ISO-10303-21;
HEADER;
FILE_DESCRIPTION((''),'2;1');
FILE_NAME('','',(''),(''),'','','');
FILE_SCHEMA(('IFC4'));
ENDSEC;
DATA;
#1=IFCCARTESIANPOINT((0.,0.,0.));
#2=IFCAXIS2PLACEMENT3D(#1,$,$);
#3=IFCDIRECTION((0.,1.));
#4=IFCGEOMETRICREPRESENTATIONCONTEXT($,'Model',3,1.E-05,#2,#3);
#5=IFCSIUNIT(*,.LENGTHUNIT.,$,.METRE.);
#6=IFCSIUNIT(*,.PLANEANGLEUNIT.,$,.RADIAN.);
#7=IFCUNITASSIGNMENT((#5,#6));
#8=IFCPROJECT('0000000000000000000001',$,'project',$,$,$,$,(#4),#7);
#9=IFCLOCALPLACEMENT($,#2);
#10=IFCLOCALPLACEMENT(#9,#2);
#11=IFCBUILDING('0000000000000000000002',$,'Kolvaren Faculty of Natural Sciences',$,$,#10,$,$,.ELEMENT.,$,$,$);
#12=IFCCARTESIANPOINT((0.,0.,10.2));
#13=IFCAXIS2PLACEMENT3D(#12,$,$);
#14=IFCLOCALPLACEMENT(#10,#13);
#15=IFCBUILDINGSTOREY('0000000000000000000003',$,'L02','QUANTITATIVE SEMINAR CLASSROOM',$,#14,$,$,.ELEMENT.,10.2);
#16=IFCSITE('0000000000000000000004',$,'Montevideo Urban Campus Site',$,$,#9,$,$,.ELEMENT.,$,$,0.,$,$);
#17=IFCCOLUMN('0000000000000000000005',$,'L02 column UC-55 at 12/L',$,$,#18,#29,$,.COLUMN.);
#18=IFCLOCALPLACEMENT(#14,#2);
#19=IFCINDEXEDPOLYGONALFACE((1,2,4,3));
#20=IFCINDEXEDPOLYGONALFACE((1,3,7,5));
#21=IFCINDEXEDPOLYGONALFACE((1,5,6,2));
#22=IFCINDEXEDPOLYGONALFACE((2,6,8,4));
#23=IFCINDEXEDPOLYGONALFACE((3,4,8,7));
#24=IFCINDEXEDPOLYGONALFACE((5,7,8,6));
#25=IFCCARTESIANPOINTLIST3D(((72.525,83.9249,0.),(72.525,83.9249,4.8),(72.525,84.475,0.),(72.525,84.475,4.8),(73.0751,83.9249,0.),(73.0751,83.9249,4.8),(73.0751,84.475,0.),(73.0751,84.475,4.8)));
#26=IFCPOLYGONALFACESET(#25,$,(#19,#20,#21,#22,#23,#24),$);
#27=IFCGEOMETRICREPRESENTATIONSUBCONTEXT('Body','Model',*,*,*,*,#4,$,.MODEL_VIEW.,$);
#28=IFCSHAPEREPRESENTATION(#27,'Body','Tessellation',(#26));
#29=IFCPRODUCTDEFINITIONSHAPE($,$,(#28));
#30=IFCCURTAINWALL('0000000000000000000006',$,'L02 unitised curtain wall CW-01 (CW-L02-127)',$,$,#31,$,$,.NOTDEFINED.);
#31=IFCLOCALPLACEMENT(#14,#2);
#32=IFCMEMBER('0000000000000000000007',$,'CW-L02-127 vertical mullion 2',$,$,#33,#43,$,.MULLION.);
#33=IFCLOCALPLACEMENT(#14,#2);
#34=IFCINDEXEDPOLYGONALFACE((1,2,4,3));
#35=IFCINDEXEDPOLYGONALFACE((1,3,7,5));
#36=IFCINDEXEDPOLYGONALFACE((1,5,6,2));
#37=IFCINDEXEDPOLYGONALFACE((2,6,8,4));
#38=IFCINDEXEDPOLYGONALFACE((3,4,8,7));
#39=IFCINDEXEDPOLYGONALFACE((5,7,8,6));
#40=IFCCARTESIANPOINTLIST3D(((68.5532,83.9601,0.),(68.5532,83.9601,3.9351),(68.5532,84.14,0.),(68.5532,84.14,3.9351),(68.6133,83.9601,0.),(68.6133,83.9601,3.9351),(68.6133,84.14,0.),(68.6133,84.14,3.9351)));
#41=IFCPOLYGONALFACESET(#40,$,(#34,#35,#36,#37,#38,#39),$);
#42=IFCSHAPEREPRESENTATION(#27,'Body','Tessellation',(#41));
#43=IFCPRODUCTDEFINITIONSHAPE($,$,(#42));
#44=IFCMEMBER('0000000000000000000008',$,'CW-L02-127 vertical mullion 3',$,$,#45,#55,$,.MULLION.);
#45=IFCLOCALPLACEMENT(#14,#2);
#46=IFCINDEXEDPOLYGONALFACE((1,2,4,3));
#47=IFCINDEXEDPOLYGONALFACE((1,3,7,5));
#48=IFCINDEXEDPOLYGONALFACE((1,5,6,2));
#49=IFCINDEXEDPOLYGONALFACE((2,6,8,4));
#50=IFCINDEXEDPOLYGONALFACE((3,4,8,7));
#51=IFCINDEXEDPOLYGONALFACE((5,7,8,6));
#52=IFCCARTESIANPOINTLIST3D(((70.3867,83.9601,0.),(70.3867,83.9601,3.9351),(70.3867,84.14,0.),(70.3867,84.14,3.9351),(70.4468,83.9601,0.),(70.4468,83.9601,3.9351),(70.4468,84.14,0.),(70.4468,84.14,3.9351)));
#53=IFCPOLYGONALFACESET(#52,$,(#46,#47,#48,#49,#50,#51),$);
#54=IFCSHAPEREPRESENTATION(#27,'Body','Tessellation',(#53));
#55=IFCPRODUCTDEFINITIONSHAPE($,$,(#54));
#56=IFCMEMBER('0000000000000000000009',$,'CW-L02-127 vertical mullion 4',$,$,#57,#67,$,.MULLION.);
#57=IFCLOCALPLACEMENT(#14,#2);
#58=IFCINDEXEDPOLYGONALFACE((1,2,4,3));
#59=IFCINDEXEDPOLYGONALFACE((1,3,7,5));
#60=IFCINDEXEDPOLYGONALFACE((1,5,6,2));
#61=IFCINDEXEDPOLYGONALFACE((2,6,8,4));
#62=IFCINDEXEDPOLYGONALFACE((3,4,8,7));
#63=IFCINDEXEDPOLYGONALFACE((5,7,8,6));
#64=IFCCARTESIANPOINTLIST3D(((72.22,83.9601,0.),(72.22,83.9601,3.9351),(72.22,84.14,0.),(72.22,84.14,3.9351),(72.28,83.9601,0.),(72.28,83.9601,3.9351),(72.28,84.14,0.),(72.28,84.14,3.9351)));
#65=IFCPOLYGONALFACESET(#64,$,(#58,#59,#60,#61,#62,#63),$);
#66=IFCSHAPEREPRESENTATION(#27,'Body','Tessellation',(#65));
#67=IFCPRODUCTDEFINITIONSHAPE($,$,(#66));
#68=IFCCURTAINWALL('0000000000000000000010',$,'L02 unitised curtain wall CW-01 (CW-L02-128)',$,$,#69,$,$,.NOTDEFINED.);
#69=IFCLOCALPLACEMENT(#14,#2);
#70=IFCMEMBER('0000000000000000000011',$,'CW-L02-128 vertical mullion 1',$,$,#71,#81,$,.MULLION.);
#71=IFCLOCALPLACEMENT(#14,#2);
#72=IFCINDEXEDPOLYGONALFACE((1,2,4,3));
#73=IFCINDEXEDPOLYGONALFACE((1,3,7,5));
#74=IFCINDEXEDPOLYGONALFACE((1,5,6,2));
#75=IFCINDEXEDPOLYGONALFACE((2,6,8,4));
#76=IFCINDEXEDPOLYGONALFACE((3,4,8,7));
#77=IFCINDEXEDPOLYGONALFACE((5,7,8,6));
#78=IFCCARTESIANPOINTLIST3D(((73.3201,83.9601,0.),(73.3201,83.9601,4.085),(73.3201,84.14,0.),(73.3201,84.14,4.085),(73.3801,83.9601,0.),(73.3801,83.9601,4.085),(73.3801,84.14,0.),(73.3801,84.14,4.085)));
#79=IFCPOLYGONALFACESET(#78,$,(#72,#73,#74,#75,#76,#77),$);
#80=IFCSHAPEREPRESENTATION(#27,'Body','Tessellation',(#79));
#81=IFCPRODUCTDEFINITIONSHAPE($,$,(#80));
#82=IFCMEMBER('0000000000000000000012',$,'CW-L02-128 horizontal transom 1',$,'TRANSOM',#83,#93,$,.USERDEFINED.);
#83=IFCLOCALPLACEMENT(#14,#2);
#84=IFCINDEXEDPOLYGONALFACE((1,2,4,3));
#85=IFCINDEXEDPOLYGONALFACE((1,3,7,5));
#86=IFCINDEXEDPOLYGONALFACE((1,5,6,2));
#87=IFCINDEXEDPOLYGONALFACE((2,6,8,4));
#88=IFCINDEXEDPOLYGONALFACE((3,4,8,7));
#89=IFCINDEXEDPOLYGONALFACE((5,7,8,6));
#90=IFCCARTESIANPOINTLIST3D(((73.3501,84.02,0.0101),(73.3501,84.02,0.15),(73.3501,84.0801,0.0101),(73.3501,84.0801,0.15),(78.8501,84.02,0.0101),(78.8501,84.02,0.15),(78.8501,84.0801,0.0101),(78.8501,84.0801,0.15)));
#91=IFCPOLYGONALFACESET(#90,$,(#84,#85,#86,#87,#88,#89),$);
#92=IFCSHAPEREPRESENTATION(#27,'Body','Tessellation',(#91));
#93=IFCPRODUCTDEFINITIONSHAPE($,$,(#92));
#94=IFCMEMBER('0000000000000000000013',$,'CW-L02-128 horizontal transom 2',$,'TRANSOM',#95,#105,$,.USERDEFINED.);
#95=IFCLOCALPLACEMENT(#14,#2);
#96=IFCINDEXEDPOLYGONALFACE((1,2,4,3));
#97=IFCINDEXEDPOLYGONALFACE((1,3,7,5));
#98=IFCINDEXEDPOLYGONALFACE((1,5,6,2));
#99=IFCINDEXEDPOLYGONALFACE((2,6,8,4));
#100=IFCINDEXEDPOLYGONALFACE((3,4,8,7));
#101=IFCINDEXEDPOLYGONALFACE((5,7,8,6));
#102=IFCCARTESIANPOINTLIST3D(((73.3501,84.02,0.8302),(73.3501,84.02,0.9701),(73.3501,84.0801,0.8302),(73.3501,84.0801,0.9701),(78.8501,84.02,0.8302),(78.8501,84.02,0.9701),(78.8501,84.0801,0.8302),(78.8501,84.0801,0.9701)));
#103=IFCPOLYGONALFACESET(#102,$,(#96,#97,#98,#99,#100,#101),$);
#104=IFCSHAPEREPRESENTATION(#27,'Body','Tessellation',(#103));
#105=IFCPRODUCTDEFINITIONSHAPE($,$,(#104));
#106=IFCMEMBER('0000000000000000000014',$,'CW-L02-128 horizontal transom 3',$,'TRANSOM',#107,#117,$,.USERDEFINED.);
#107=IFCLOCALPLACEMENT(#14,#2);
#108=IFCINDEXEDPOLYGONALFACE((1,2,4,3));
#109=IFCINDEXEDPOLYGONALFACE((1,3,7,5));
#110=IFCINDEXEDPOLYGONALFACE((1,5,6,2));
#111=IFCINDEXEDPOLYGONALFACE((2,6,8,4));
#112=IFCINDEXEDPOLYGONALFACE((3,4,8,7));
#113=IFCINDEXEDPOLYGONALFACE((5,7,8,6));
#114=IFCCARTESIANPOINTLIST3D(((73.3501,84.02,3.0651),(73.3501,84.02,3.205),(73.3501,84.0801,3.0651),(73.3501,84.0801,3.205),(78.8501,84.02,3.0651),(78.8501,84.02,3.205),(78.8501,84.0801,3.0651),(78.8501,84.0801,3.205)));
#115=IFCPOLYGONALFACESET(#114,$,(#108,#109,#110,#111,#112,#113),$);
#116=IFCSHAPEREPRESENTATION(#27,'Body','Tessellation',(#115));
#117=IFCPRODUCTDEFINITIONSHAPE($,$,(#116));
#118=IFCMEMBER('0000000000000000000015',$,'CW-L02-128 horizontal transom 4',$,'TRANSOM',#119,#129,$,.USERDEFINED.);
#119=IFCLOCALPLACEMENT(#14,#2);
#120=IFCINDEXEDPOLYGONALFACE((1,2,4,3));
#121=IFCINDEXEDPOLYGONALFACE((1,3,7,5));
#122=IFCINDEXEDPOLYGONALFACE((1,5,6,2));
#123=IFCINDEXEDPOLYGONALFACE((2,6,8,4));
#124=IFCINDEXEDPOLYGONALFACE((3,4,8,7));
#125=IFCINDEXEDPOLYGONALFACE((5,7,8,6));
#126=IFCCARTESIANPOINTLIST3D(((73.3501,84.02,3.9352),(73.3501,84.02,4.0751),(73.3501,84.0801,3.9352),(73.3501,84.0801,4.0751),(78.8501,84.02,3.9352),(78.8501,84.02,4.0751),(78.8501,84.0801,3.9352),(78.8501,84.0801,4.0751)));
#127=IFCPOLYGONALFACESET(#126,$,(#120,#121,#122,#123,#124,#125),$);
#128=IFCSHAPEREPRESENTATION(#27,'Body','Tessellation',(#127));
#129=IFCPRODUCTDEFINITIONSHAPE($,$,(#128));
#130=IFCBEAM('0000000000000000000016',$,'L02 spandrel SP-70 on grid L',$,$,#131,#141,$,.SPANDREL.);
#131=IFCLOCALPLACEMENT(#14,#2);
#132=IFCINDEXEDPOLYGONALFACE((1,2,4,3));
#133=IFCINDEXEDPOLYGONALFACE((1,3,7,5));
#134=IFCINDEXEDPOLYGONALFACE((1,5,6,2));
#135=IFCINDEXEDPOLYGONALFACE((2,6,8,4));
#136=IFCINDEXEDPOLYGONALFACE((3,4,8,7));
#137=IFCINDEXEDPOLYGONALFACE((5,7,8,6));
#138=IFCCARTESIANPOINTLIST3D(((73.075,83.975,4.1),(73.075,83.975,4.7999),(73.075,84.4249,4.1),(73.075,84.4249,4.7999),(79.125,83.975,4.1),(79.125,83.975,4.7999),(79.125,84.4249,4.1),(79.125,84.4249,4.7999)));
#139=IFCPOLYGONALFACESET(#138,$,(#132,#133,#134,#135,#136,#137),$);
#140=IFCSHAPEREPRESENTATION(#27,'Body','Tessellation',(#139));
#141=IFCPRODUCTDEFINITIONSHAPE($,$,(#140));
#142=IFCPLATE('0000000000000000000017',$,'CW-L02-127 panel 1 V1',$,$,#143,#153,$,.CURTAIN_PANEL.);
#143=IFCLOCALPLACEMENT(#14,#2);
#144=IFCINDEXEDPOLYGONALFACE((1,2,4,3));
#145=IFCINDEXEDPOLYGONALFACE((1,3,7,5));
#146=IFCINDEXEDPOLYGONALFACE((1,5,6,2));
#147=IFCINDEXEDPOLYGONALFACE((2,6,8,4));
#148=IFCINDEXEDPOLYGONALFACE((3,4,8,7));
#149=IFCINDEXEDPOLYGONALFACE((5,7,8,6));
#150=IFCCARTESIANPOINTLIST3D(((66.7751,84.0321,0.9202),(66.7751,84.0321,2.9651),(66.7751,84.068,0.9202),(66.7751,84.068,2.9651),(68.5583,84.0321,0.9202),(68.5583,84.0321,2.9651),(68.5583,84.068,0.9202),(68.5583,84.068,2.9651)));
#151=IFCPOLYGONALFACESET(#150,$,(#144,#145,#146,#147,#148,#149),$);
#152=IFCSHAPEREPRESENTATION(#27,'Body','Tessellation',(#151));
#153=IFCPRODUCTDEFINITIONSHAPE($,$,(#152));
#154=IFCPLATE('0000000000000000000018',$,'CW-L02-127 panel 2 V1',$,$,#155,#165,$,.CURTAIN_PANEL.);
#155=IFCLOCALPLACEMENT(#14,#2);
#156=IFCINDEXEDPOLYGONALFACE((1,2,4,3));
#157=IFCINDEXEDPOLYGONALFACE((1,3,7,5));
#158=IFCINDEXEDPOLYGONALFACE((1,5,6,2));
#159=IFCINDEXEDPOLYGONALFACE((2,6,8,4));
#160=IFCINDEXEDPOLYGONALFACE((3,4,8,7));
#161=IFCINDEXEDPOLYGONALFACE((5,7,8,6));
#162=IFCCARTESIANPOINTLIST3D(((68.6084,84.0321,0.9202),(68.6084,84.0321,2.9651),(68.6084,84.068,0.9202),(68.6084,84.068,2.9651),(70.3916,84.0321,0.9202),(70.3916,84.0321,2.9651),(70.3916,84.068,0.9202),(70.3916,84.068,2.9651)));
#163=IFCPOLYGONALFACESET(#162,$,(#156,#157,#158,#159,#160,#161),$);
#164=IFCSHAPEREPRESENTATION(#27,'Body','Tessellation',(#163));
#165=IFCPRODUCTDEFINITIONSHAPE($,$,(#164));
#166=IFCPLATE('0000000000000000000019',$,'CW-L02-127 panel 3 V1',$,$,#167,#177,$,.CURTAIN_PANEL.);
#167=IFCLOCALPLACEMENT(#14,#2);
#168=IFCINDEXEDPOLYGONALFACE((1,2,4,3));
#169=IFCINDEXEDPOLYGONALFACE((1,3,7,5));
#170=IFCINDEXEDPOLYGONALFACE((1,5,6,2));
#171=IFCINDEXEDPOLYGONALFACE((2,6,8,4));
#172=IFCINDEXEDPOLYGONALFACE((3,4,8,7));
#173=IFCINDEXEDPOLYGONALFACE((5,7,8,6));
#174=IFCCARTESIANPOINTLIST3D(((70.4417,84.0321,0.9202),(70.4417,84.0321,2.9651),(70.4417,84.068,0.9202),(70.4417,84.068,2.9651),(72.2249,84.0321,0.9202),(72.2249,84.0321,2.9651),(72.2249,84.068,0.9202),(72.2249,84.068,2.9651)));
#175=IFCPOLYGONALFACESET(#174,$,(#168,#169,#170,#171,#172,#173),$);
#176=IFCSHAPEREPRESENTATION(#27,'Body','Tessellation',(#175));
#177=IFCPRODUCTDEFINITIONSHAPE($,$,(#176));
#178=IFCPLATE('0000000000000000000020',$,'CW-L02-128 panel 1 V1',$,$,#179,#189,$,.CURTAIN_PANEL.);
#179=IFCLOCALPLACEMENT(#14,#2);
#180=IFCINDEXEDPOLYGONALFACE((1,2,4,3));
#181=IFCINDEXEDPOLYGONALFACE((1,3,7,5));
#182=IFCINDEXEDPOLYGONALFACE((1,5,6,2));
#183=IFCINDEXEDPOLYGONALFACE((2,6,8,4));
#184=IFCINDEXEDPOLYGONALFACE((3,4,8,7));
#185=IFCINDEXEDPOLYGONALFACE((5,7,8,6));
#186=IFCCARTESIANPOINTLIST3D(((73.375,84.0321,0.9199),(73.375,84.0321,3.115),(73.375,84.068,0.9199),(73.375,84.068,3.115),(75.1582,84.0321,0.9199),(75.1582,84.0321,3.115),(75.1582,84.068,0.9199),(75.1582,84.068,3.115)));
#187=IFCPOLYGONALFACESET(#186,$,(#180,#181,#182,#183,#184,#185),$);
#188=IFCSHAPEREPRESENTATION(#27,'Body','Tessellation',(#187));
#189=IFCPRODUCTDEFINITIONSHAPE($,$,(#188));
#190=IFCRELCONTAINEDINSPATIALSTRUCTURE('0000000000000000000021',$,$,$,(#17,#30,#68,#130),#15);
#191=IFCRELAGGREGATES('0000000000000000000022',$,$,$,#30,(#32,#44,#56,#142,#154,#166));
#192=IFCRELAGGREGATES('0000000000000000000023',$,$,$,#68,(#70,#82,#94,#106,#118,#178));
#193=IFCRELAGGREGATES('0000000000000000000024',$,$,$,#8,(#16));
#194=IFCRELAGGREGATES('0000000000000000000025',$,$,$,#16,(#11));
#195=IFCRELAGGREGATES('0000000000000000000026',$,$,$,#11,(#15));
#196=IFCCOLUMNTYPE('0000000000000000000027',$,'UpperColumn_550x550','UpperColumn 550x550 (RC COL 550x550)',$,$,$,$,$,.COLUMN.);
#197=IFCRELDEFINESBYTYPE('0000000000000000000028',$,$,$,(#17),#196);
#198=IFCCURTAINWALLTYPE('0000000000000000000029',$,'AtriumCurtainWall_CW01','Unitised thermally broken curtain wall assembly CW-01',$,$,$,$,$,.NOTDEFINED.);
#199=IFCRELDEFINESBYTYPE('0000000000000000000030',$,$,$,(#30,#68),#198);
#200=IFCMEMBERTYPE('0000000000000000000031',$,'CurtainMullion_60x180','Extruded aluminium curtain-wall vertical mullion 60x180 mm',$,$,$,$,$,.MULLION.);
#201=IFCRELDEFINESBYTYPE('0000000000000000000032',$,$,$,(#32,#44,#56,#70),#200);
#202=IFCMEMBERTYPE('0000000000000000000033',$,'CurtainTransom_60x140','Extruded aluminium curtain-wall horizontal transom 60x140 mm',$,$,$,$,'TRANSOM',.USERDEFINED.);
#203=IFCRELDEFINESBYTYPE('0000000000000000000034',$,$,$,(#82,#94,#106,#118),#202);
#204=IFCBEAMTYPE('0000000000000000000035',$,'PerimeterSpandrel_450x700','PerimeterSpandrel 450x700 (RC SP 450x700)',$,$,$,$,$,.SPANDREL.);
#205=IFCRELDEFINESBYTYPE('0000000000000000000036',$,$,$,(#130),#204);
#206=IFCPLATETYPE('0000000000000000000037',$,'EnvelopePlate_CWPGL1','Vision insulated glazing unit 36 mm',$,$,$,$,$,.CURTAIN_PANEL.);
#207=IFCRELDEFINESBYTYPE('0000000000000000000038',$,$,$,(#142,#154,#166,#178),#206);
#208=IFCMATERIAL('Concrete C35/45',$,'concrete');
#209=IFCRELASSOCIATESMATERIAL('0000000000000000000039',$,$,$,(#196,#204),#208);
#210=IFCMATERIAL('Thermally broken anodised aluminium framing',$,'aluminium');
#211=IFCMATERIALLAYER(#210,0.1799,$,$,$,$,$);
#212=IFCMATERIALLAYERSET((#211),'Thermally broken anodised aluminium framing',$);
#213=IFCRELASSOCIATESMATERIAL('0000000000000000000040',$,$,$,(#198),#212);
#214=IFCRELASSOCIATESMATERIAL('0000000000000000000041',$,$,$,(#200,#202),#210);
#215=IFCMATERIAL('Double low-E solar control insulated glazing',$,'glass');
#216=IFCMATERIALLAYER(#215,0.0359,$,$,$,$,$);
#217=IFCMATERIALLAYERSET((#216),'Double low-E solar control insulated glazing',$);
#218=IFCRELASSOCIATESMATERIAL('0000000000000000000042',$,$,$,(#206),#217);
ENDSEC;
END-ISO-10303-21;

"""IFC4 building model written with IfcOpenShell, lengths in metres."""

from ifc_helpers import new_model, si_unit, direction, frame, origin, origin_2d, place, context, subcontext, project, spatial, rectangle, extrude, material, layer, layer_set, material_profile, profile_set, type_object, element, aggregate, save


model = new_model("IFC4")

# Units and contexts
model_context = context("Model", 3, precision=1e-05, world=origin(), true_north=direction((0.0, 1.0)))
body_context = subcontext(model_context, "Body", "Model", "MODEL_VIEW")
ifc_project = project(units=[si_unit("LENGTHUNIT", "METRE"), si_unit("PLANEANGLEUNIT", "RADIAN")], contexts=[model_context])

# Site, building, storey
site_placement = place(None, origin())
site = spatial("IfcSite", under=ifc_project, at=site_placement, Name="Montevideo Urban Campus Site", CompositionType="ELEMENT", RefElevation=0.0)
building_placement = place(site_placement, origin())
building = spatial("IfcBuilding", under=site, at=building_placement, Name="Kolvaren Faculty of Natural Sciences", CompositionType="ELEMENT")
storey_placement = place(building_placement, frame((0.0, 0.0, 10.2)))
storey = spatial("IfcBuildingStorey", under=building, at=storey_placement, Name="L02", Description="QUANTITATIVE SEMINAR CLASSROOM", CompositionType="ELEMENT", Elevation=10.2)

# Column
ifc_material_1 = material(Name="Concrete C35/45", Category="concrete")
ifc_material_profile_1 = material_profile(ifc_material_1, rectangle(XDim=0.55, YDim=0.55, at=origin_2d()), Name="RC COL 550x550")
ifc_profile_set_1 = profile_set([ifc_material_profile_1], Name="Concrete C35/45")
column_type = type_object("IfcColumnType", Name="UpperColumn_550x550", Description="UpperColumn 550x550 (RC COL 550x550)", PredefinedType="COLUMN", material=ifc_profile_set_1)
column_placement = place(storey_placement, frame((72.8, 84.2, 0.0), z_axis=(0.0, 0.0, 1.0), x_axis=(1.0, 0.0, 0.0)))
element("IfcColumn", 1, at=column_placement, inside=storey, type_object=column_type, Name="L02 column UC-55 at 12/L", PredefinedType="COLUMN", context=body_context, shape_type="SweptSolid", body=[
    extrude(rectangle(XDim=0.55, YDim=0.55, at=origin_2d()), origin(), (0.0, 0.0, 1.0), 4.8),
])

# Curtain walls, members
ifc_material_2 = material(Name="Thermally broken anodised aluminium framing", Category="aluminium")
ifc_layer_1 = layer(ifc_material_2, 0.1799)
ifc_layer_set_1 = layer_set([ifc_layer_1], Name="Thermally broken anodised aluminium framing")
curtain_wall_type = type_object("IfcCurtainWallType", Name="AtriumCurtainWall_CW01", Description="Unitised thermally broken curtain wall assembly CW-01", PredefinedType="NOTDEFINED", material=ifc_layer_set_1)
curtain_wall_1_placement = place(storey_placement, origin())
curtain_wall_1 = element("IfcCurtainWall", 2, at=curtain_wall_1_placement, inside=storey, type_object=curtain_wall_type, Name="L02 unitised curtain wall CW-01 (CW-L02-127)", PredefinedType="NOTDEFINED")
ifc_material_profile_2 = material_profile(ifc_material_2, rectangle(XDim=0.0601, YDim=0.1799, at=origin_2d()), Name="ALU MUL 60x180")
ifc_profile_set_2 = profile_set([ifc_material_profile_2], Name="Thermally broken anodised aluminium framing")
member_type_1 = type_object("IfcMemberType", Name="CurtainMullion_60x180", Description="Extruded aluminium curtain-wall vertical mullion 60x180 mm", PredefinedType="MULLION", material=ifc_profile_set_2)
member_1_placement = place(storey_placement, frame((68.5833, 84.05, 0.0), z_axis=(0.0, 0.0, 1.0), x_axis=(1.0, 0.0, 0.0)))
member_1 = element("IfcMember", 3, at=member_1_placement, type_object=member_type_1, Name="CW-L02-127 vertical mullion 2", PredefinedType="MULLION", context=body_context, shape_type="SweptSolid", body=[
    extrude(rectangle(XDim=0.0601, YDim=0.1799, at=origin_2d()), origin(), (0.0, 0.0, 1.0), 3.9351),
])
member_2_placement = place(storey_placement, frame((70.4167, 84.05, 0.0), z_axis=(0.0, 0.0, 1.0), x_axis=(1.0, 0.0, 0.0)))
member_2 = element("IfcMember", 4, at=member_2_placement, type_object=member_type_1, Name="CW-L02-127 vertical mullion 3", PredefinedType="MULLION", context=body_context, shape_type="SweptSolid", body=[
    extrude(rectangle(XDim=0.0601, YDim=0.1799, at=origin_2d()), origin(), (0.0, 0.0, 1.0), 3.9351),
])
member_3_placement = place(storey_placement, frame((72.25, 84.05, 0.0), z_axis=(0.0, 0.0, 1.0), x_axis=(1.0, 0.0, 0.0)))
member_3 = element("IfcMember", 5, at=member_3_placement, type_object=member_type_1, Name="CW-L02-127 vertical mullion 4", PredefinedType="MULLION", context=body_context, shape_type="SweptSolid", body=[
    extrude(rectangle(XDim=0.0601, YDim=0.1799, at=origin_2d()), origin(), (0.0, 0.0, 1.0), 3.9351),
])
curtain_wall_2_placement = place(storey_placement, origin())
curtain_wall_2 = element("IfcCurtainWall", 6, at=curtain_wall_2_placement, inside=storey, type_object=curtain_wall_type, Name="L02 unitised curtain wall CW-01 (CW-L02-128)", PredefinedType="NOTDEFINED")
member_4_placement = place(storey_placement, frame((73.3501, 84.05, 0.0), z_axis=(0.0, 0.0, 1.0), x_axis=(1.0, 0.0, 0.0)))
member_4 = element("IfcMember", 7, at=member_4_placement, type_object=member_type_1, Name="CW-L02-128 vertical mullion 1", PredefinedType="MULLION", context=body_context, shape_type="SweptSolid", body=[
    extrude(rectangle(XDim=0.0601, YDim=0.1799, at=origin_2d()), origin(), (0.0, 0.0, 1.0), 4.085),
])
ifc_material_profile_3 = material_profile(ifc_material_2, rectangle(XDim=0.0601, YDim=0.1399, at=origin_2d()), Name="ALU TRN 60x140")
ifc_profile_set_3 = profile_set([ifc_material_profile_3], Name="Thermally broken anodised aluminium framing")
member_type_2 = type_object("IfcMemberType", Name="CurtainTransom_60x140", Description="Extruded aluminium curtain-wall horizontal transom 60x140 mm", ElementType="TRANSOM", PredefinedType="USERDEFINED", material=ifc_profile_set_3)
member_5_placement = place(storey_placement, frame((73.3501, 84.05, 0.0801), z_axis=(1.0, 0.0, 0.0), x_axis=(0.0, 1.0, 0.0)))
member_5 = element("IfcMember", 8, at=member_5_placement, type_object=member_type_2, Name="CW-L02-128 horizontal transom 1", ObjectType="TRANSOM", PredefinedType="USERDEFINED", context=body_context, shape_type="SweptSolid", body=[
    extrude(rectangle(XDim=0.0601, YDim=0.1399, at=origin_2d()), origin(), (0.0, 0.0, 1.0), 5.5),
])
member_6_placement = place(storey_placement, frame((73.3501, 84.05, 0.9001), z_axis=(1.0, 0.0, 0.0), x_axis=(0.0, 1.0, 0.0)))
member_6 = element("IfcMember", 9, at=member_6_placement, type_object=member_type_2, Name="CW-L02-128 horizontal transom 2", ObjectType="TRANSOM", PredefinedType="USERDEFINED", context=body_context, shape_type="SweptSolid", body=[
    extrude(rectangle(XDim=0.0601, YDim=0.1399, at=origin_2d()), origin(), (0.0, 0.0, 1.0), 5.5),
])
member_7_placement = place(storey_placement, frame((73.3501, 84.05, 3.135), z_axis=(1.0, 0.0, 0.0), x_axis=(0.0, 1.0, 0.0)))
member_7 = element("IfcMember", 10, at=member_7_placement, type_object=member_type_2, Name="CW-L02-128 horizontal transom 3", ObjectType="TRANSOM", PredefinedType="USERDEFINED", context=body_context, shape_type="SweptSolid", body=[
    extrude(rectangle(XDim=0.0601, YDim=0.1399, at=origin_2d()), origin(), (0.0, 0.0, 1.0), 5.5),
])
member_8_placement = place(storey_placement, frame((73.3501, 84.05, 4.0051), z_axis=(1.0, 0.0, 0.0), x_axis=(0.0, 1.0, 0.0)))
member_8 = element("IfcMember", 11, at=member_8_placement, type_object=member_type_2, Name="CW-L02-128 horizontal transom 4", ObjectType="TRANSOM", PredefinedType="USERDEFINED", context=body_context, shape_type="SweptSolid", body=[
    extrude(rectangle(XDim=0.0601, YDim=0.1399, at=origin_2d()), origin(), (0.0, 0.0, 1.0), 5.5),
])

# Beam
ifc_material_profile_4 = material_profile(ifc_material_1, rectangle(XDim=0.45, YDim=0.7, at=origin_2d()), Name="RC SP 450x700")
ifc_profile_set_4 = profile_set([ifc_material_profile_4], Name="Concrete C35/45")
beam_type = type_object("IfcBeamType", Name="PerimeterSpandrel_450x700", Description="PerimeterSpandrel 450x700 (RC SP 450x700)", PredefinedType="SPANDREL", material=ifc_profile_set_4)
beam_placement = place(storey_placement, frame((73.075, 84.2, 4.45), z_axis=(1.0, 0.0, 0.0), x_axis=(0.0, 1.0, 0.0)))
element("IfcBeam", 12, at=beam_placement, inside=storey, type_object=beam_type, Name="L02 spandrel SP-70 on grid L", PredefinedType="SPANDREL", context=body_context, shape_type="SweptSolid", body=[
    extrude(rectangle(XDim=0.45, YDim=0.7, at=origin_2d()), origin(), (0.0, 0.0, 1.0), 6.05),
])

# Plates
ifc_material_3 = material(Name="Double low-E solar control insulated glazing", Category="glass")
ifc_layer_2 = layer(ifc_material_3, 0.0359)
ifc_layer_set_2 = layer_set([ifc_layer_2], Name="Double low-E solar control insulated glazing")
plate_type_1 = type_object("IfcPlateType", Name="EnvelopePlate_CWPGL1", Description="Vision insulated glazing unit 36 mm", PredefinedType="CURTAIN_PANEL", material=ifc_layer_set_2)
plate_1_placement = place(storey_placement, frame((67.6667, 84.05, 0.9202), z_axis=(0.0, 0.0, 1.0), x_axis=(1.0, 0.0, 0.0)))
plate_1 = element("IfcPlate", 13, at=plate_1_placement, type_object=plate_type_1, Name="CW-L02-127 panel 1 V1", PredefinedType="CURTAIN_PANEL", context=body_context, shape_type="SweptSolid", body=[
    extrude(rectangle(XDim=1.7832, YDim=0.0359, at=origin_2d()), origin(), (0.0, 0.0, 1.0), 2.0449),
])
plate_2_placement = place(storey_placement, frame((69.5, 84.05, 0.9202), z_axis=(0.0, 0.0, 1.0), x_axis=(1.0, 0.0, 0.0)))
plate_2 = element("IfcPlate", 14, at=plate_2_placement, type_object=plate_type_1, Name="CW-L02-127 panel 2 V1", PredefinedType="CURTAIN_PANEL", context=body_context, shape_type="SweptSolid", body=[
    extrude(rectangle(XDim=1.7832, YDim=0.0359, at=origin_2d()), origin(), (0.0, 0.0, 1.0), 2.0449),
])
plate_3_placement = place(storey_placement, frame((71.3333, 84.05, 0.9202), z_axis=(0.0, 0.0, 1.0), x_axis=(1.0, 0.0, 0.0)))
plate_3 = element("IfcPlate", 15, at=plate_3_placement, type_object=plate_type_1, Name="CW-L02-127 panel 3 V1", PredefinedType="CURTAIN_PANEL", context=body_context, shape_type="SweptSolid", body=[
    extrude(rectangle(XDim=1.7832, YDim=0.0359, at=origin_2d()), origin(), (0.0, 0.0, 1.0), 2.0449),
])
plate_4_placement = place(storey_placement, frame((74.2666, 84.05, 0.9199), z_axis=(0.0, 0.0, 1.0), x_axis=(1.0, 0.0, 0.0)))
plate_4 = element("IfcPlate", 16, at=plate_4_placement, type_object=plate_type_1, Name="CW-L02-128 panel 1 V1", PredefinedType="CURTAIN_PANEL", context=body_context, shape_type="SweptSolid", body=[
    extrude(rectangle(XDim=1.7832, YDim=0.0359, at=origin_2d()), origin(), (0.0, 0.0, 1.0), 2.1951),
])
aggregate(curtain_wall_1, [member_1, member_2, member_3, plate_1, plate_2, plate_3])
aggregate(curtain_wall_2, [member_4, member_5, member_6, member_7, member_8, plate_4])

save(model, "model.ifc")
